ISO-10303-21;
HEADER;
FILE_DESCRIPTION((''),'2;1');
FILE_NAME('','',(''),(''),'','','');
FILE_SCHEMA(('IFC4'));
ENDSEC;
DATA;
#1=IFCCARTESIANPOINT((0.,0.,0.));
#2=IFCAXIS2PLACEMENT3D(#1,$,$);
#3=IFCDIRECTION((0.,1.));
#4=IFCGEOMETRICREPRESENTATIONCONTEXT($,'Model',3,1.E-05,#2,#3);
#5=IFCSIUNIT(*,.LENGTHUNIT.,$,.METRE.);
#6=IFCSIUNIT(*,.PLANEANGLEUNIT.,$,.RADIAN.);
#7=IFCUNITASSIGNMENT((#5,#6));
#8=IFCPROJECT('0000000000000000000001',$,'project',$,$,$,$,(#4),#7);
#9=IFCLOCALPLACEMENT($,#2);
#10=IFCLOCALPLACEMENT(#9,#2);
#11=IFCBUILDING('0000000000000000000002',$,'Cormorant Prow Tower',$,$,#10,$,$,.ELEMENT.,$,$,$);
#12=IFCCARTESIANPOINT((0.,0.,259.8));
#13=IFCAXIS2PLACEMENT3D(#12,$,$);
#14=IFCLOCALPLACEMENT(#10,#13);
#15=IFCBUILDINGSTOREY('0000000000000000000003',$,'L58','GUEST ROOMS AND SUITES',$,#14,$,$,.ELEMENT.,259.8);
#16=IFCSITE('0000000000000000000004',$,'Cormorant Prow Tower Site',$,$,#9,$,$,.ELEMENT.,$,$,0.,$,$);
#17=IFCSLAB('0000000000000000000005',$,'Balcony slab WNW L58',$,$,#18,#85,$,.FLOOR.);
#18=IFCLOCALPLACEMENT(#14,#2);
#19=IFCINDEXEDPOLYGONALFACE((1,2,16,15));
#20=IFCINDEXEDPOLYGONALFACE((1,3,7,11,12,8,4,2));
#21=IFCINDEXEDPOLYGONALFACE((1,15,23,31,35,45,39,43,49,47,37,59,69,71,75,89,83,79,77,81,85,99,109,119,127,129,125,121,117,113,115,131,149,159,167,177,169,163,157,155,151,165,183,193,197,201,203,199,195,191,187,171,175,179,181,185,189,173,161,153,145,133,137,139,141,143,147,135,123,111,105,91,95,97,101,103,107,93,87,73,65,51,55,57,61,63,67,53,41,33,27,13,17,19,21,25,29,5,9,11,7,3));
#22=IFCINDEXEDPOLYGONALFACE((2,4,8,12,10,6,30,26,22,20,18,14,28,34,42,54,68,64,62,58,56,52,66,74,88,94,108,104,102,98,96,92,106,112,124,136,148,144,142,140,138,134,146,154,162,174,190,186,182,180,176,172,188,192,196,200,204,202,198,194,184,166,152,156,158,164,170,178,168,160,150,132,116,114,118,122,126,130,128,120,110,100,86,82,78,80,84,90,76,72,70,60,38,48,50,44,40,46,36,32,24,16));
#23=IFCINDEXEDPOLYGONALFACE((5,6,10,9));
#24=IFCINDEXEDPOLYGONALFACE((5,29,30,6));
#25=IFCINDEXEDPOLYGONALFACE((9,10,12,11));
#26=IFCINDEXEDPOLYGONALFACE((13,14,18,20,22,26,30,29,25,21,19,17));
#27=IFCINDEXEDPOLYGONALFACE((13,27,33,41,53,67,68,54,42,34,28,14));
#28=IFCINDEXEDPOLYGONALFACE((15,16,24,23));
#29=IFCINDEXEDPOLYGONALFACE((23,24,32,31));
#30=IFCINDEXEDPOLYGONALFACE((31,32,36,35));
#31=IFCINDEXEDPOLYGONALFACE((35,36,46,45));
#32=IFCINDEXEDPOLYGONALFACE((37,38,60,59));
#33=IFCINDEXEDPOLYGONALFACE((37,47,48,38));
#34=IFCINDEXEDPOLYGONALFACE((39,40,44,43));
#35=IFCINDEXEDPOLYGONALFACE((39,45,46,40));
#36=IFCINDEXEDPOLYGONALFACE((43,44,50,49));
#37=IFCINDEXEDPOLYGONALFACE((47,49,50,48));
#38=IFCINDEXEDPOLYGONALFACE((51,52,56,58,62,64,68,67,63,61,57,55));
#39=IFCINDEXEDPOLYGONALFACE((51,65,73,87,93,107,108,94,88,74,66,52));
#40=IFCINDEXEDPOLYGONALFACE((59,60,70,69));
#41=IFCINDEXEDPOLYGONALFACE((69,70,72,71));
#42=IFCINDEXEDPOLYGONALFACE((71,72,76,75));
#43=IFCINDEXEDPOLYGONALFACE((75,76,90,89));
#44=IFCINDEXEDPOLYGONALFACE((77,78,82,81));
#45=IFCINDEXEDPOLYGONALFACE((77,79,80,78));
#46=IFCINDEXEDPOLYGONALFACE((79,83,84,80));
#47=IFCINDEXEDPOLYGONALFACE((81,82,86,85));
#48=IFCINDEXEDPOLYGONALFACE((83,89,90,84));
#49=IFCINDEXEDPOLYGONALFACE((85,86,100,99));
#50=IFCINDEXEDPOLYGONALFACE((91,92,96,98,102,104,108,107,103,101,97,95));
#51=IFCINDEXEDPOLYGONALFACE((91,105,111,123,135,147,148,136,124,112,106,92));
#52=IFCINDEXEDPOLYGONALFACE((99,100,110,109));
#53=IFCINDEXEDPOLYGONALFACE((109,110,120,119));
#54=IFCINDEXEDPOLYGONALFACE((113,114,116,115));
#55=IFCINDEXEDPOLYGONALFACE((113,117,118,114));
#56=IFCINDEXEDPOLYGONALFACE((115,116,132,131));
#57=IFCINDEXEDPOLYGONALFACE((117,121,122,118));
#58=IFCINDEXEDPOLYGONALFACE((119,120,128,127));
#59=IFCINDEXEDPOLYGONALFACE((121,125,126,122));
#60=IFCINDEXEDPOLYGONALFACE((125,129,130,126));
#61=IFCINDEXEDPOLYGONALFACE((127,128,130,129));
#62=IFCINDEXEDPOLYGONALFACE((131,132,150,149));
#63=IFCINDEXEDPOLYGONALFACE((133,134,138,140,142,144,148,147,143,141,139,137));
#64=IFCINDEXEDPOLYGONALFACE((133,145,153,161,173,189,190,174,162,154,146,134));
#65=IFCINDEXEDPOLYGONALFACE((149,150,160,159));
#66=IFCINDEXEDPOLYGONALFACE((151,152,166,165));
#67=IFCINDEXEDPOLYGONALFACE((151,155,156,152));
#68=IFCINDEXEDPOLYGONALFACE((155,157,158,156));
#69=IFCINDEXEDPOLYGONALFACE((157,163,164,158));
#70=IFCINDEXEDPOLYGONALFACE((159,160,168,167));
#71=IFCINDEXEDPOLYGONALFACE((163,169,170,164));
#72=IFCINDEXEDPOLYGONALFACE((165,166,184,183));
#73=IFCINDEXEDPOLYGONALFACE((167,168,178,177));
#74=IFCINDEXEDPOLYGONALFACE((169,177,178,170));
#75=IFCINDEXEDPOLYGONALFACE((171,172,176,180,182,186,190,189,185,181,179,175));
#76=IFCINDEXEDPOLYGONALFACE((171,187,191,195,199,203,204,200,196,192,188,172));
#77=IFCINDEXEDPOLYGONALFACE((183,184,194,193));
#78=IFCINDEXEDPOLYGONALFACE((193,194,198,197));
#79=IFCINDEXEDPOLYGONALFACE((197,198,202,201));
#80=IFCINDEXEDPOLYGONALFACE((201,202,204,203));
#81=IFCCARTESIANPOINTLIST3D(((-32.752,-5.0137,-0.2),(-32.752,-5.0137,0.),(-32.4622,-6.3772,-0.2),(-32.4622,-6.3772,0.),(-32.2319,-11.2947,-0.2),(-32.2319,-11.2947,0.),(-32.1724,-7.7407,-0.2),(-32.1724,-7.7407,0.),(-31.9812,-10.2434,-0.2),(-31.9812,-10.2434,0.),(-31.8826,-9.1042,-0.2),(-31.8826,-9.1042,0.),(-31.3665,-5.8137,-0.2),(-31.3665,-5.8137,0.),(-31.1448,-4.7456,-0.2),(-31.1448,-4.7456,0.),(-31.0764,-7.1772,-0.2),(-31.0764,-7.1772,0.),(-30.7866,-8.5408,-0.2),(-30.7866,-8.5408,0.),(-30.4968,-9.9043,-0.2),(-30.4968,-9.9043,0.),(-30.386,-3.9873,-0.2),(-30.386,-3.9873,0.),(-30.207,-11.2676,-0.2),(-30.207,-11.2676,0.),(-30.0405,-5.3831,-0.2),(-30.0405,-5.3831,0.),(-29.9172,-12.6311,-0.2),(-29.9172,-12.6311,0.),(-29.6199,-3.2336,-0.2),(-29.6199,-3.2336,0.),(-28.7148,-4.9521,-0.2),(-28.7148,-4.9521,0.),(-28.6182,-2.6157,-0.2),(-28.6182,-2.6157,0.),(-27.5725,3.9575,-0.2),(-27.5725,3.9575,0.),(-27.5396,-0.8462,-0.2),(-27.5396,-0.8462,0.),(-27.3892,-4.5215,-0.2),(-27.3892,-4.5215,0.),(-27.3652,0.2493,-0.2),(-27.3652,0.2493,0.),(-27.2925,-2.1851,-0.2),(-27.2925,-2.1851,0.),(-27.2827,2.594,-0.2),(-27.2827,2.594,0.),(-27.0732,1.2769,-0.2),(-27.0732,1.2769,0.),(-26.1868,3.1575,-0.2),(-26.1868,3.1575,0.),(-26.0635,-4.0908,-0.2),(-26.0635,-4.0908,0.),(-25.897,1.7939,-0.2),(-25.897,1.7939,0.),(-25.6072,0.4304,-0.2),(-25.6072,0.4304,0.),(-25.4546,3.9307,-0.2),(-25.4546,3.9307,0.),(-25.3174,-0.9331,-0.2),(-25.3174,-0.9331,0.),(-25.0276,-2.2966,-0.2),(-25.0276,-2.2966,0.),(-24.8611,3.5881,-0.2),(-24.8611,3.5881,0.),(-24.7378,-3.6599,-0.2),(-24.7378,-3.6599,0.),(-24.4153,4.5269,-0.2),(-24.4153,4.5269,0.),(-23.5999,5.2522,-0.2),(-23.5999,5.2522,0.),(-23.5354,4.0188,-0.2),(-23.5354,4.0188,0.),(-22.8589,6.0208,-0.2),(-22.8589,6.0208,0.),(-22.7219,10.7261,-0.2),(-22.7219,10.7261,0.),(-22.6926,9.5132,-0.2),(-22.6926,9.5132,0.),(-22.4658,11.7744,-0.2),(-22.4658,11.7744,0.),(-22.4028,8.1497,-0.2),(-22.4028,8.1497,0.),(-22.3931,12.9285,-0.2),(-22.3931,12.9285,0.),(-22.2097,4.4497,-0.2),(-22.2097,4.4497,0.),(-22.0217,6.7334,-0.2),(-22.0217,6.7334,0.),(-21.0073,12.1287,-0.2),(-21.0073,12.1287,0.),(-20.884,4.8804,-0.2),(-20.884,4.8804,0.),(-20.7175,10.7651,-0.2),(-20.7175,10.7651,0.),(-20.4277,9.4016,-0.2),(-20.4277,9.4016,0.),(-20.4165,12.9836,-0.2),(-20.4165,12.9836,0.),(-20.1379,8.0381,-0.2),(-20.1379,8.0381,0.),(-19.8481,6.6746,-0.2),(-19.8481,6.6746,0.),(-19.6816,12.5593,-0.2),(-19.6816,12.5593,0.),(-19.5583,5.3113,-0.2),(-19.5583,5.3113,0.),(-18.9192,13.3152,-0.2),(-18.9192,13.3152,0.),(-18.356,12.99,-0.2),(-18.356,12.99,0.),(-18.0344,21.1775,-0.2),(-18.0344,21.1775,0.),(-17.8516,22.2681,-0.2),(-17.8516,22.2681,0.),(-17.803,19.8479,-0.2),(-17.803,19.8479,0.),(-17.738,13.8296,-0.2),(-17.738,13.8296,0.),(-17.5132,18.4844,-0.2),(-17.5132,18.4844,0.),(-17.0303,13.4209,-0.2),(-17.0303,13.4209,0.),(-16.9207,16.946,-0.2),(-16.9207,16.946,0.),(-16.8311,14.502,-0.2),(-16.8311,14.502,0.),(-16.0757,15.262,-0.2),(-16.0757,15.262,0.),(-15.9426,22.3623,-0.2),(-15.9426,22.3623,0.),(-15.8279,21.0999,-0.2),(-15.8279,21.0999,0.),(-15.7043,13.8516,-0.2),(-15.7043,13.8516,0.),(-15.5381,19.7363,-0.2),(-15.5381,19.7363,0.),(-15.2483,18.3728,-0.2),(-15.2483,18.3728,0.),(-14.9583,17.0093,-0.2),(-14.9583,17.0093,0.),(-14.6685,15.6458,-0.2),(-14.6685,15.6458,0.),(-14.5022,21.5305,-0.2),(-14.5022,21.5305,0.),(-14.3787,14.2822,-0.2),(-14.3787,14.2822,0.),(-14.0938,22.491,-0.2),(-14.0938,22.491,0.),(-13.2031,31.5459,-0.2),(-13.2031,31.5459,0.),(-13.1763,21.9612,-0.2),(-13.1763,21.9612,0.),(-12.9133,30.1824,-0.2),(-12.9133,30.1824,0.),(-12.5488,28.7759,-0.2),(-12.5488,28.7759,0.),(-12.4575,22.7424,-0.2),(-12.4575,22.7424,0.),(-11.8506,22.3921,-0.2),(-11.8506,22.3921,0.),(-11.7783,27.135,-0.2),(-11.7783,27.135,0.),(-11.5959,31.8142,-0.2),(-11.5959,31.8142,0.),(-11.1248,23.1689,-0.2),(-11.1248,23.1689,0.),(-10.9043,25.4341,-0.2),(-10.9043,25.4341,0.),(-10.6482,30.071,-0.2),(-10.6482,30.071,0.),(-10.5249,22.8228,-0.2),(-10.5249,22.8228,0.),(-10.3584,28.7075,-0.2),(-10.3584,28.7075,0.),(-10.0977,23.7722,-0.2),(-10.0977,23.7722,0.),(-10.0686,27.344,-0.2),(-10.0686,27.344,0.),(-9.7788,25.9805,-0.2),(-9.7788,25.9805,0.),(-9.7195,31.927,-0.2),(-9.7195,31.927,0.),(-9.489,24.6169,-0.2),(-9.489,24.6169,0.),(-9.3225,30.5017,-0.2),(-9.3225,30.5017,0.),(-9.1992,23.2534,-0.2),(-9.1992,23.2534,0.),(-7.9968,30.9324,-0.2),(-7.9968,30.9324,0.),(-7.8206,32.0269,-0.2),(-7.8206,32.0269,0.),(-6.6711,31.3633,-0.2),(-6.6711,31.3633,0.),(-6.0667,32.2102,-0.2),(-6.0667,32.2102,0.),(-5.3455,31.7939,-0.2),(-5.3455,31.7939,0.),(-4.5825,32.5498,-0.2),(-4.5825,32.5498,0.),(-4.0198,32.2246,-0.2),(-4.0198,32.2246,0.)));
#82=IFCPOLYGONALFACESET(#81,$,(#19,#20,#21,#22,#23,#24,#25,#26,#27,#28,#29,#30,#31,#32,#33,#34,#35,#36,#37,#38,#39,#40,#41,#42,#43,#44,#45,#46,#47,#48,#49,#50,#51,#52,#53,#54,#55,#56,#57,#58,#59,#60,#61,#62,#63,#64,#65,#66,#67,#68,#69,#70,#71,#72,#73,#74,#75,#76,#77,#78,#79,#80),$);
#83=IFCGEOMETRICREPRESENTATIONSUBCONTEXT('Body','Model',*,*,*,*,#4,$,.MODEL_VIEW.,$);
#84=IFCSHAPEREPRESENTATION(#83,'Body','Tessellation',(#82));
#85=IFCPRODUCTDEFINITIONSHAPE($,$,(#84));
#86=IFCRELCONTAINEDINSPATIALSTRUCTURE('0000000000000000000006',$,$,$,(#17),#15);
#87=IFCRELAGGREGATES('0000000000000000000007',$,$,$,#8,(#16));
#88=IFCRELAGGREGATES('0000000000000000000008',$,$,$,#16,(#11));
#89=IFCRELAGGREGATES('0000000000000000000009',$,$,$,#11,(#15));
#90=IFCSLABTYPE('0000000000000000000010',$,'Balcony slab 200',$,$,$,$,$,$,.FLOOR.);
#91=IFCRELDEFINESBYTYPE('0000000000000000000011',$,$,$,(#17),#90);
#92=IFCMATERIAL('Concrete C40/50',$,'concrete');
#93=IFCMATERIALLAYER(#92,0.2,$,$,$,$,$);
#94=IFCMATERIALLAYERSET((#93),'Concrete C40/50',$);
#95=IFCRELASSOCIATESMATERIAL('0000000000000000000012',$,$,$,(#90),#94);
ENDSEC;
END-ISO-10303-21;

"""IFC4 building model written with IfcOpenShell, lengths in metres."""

from ifc_helpers import new_model, si_unit, direction, frame, origin, place, context, subcontext, project, spatial, polyline, outline, extrude, material, layer, layer_set, type_object, element, save


model = new_model("IFC4")

# Units and contexts
model_context = context("Model", 3, precision=1e-05, world=origin(), true_north=direction((0.0, 1.0)))
body_context = subcontext(model_context, "Body", "Model", "MODEL_VIEW")
ifc_project = project(units=[si_unit("LENGTHUNIT", "METRE"), si_unit("PLANEANGLEUNIT", "RADIAN")], contexts=[model_context])

# Site, building, storey
site_placement = place(None, origin())
site = spatial("IfcSite", under=ifc_project, at=site_placement, Name="Cormorant Prow Tower Site", CompositionType="ELEMENT", RefElevation=0.0)
building_placement = place(site_placement, origin())
building = spatial("IfcBuilding", under=site, at=building_placement, Name="Cormorant Prow Tower", CompositionType="ELEMENT")
storey_placement = place(building_placement, frame((0.0, 0.0, 259.8)))
storey = spatial("IfcBuildingStorey", under=building, at=storey_placement, Name="L58", Description="GUEST ROOMS AND SUITES", CompositionType="ELEMENT", Elevation=259.8)

# Slab
ifc_material_1 = material(Name="Concrete C40/50", Category="concrete")
ifc_layer_1 = layer(ifc_material_1, 0.2)
ifc_layer_set_1 = layer_set([ifc_layer_1], Name="Concrete C40/50")
slab_type_1 = type_object("IfcSlabType", Name="Balcony slab 200", PredefinedType="FLOOR", material=ifc_layer_set_1)
slab_1_placement = place(storey_placement, frame((0.0, 0.0, -0.2)))
element("IfcSlab", 1, at=slab_1_placement, inside=storey, type_object=slab_type_1, Name="Balcony slab WNW L58", PredefinedType="FLOOR", context=body_context, shape_type="SweptSolid", body=[
    extrude(outline(polyline([(-4.0198, 32.2246), (-4.5825, 32.5498), (-6.0667, 32.2102), (-7.8206, 32.0269), (-9.7195, 31.927), (-11.5959, 31.8142), (-13.2031, 31.5459), (-12.9133, 30.1824), (-12.5488, 28.7759), (-11.7783, 27.135), (-10.9043, 25.4341), (-10.0977, 23.7722), (-11.1248, 23.1689), (-12.4575, 22.7424), (-14.0938, 22.491), (-15.9426, 22.3623), (-17.8516, 22.2681), (-18.0344, 21.1775), (-17.803, 19.8479), (-17.5132, 18.4844), (-16.9207, 16.946), (-16.0757, 15.262), (-16.8311, 14.502), (-17.738, 13.8296), (-18.9192, 13.3152), (-20.4165, 12.9836), (-22.3931, 12.9285), (-22.4658, 11.7744), (-22.7219, 10.7261), (-22.6926, 9.5132), (-22.4028, 8.1497), (-22.0217, 6.7334), (-22.8589, 6.0208), (-23.5999, 5.2522), (-24.4153, 4.5269), (-25.4546, 3.9307), (-27.5725, 3.9575), (-27.2827, 2.594), (-27.0732, 1.2769), (-27.3652, 0.2493), (-27.5396, -0.8462), (-27.2925, -2.1851), (-28.6182, -2.6157), (-29.6199, -3.2336), (-30.386, -3.9873), (-31.1448, -4.7456), (-32.752, -5.0137), (-32.4622, -6.3772), (-32.1724, -7.7407), (-31.8826, -9.1042), (-31.9812, -10.2434), (-32.2319, -11.2947), (-29.9172, -12.6311), (-30.207, -11.2676), (-30.4968, -9.9043), (-30.7866, -8.5408), (-31.0764, -7.1772), (-31.3665, -5.8137), (-30.0405, -5.3831), (-28.7148, -4.9521), (-27.3892, -4.5215), (-26.0635, -4.0908), (-24.7378, -3.6599), (-25.0276, -2.2966), (-25.3174, -0.9331), (-25.6072, 0.4304), (-25.897, 1.7939), (-26.1868, 3.1575), (-24.8611, 3.5881), (-23.5354, 4.0188), (-22.2097, 4.4497), (-20.884, 4.8804), (-19.5583, 5.3113), (-19.8481, 6.6746), (-20.1379, 8.0381), (-20.4277, 9.4016), (-20.7175, 10.7651), (-21.0073, 12.1287), (-19.6816, 12.5593), (-18.356, 12.99), (-17.0303, 13.4209), (-15.7043, 13.8516), (-14.3787, 14.2822), (-14.6685, 15.6458), (-14.9583, 17.0093), (-15.2483, 18.3728), (-15.5381, 19.7363), (-15.8279, 21.0999), (-14.5022, 21.5305), (-13.1763, 21.9612), (-11.8506, 22.3921), (-10.5249, 22.8228), (-9.1992, 23.2534), (-9.489, 24.6169), (-9.7788, 25.9805), (-10.0686, 27.344), (-10.3584, 28.7075), (-10.6482, 30.071), (-9.3225, 30.5017), (-7.9968, 30.9324), (-6.6711, 31.3633), (-5.3455, 31.7939), (-4.0198, 32.2246)])), origin(), (0.0, 0.0, 1.0), 0.2),
])

save(model, "model.ifc")
